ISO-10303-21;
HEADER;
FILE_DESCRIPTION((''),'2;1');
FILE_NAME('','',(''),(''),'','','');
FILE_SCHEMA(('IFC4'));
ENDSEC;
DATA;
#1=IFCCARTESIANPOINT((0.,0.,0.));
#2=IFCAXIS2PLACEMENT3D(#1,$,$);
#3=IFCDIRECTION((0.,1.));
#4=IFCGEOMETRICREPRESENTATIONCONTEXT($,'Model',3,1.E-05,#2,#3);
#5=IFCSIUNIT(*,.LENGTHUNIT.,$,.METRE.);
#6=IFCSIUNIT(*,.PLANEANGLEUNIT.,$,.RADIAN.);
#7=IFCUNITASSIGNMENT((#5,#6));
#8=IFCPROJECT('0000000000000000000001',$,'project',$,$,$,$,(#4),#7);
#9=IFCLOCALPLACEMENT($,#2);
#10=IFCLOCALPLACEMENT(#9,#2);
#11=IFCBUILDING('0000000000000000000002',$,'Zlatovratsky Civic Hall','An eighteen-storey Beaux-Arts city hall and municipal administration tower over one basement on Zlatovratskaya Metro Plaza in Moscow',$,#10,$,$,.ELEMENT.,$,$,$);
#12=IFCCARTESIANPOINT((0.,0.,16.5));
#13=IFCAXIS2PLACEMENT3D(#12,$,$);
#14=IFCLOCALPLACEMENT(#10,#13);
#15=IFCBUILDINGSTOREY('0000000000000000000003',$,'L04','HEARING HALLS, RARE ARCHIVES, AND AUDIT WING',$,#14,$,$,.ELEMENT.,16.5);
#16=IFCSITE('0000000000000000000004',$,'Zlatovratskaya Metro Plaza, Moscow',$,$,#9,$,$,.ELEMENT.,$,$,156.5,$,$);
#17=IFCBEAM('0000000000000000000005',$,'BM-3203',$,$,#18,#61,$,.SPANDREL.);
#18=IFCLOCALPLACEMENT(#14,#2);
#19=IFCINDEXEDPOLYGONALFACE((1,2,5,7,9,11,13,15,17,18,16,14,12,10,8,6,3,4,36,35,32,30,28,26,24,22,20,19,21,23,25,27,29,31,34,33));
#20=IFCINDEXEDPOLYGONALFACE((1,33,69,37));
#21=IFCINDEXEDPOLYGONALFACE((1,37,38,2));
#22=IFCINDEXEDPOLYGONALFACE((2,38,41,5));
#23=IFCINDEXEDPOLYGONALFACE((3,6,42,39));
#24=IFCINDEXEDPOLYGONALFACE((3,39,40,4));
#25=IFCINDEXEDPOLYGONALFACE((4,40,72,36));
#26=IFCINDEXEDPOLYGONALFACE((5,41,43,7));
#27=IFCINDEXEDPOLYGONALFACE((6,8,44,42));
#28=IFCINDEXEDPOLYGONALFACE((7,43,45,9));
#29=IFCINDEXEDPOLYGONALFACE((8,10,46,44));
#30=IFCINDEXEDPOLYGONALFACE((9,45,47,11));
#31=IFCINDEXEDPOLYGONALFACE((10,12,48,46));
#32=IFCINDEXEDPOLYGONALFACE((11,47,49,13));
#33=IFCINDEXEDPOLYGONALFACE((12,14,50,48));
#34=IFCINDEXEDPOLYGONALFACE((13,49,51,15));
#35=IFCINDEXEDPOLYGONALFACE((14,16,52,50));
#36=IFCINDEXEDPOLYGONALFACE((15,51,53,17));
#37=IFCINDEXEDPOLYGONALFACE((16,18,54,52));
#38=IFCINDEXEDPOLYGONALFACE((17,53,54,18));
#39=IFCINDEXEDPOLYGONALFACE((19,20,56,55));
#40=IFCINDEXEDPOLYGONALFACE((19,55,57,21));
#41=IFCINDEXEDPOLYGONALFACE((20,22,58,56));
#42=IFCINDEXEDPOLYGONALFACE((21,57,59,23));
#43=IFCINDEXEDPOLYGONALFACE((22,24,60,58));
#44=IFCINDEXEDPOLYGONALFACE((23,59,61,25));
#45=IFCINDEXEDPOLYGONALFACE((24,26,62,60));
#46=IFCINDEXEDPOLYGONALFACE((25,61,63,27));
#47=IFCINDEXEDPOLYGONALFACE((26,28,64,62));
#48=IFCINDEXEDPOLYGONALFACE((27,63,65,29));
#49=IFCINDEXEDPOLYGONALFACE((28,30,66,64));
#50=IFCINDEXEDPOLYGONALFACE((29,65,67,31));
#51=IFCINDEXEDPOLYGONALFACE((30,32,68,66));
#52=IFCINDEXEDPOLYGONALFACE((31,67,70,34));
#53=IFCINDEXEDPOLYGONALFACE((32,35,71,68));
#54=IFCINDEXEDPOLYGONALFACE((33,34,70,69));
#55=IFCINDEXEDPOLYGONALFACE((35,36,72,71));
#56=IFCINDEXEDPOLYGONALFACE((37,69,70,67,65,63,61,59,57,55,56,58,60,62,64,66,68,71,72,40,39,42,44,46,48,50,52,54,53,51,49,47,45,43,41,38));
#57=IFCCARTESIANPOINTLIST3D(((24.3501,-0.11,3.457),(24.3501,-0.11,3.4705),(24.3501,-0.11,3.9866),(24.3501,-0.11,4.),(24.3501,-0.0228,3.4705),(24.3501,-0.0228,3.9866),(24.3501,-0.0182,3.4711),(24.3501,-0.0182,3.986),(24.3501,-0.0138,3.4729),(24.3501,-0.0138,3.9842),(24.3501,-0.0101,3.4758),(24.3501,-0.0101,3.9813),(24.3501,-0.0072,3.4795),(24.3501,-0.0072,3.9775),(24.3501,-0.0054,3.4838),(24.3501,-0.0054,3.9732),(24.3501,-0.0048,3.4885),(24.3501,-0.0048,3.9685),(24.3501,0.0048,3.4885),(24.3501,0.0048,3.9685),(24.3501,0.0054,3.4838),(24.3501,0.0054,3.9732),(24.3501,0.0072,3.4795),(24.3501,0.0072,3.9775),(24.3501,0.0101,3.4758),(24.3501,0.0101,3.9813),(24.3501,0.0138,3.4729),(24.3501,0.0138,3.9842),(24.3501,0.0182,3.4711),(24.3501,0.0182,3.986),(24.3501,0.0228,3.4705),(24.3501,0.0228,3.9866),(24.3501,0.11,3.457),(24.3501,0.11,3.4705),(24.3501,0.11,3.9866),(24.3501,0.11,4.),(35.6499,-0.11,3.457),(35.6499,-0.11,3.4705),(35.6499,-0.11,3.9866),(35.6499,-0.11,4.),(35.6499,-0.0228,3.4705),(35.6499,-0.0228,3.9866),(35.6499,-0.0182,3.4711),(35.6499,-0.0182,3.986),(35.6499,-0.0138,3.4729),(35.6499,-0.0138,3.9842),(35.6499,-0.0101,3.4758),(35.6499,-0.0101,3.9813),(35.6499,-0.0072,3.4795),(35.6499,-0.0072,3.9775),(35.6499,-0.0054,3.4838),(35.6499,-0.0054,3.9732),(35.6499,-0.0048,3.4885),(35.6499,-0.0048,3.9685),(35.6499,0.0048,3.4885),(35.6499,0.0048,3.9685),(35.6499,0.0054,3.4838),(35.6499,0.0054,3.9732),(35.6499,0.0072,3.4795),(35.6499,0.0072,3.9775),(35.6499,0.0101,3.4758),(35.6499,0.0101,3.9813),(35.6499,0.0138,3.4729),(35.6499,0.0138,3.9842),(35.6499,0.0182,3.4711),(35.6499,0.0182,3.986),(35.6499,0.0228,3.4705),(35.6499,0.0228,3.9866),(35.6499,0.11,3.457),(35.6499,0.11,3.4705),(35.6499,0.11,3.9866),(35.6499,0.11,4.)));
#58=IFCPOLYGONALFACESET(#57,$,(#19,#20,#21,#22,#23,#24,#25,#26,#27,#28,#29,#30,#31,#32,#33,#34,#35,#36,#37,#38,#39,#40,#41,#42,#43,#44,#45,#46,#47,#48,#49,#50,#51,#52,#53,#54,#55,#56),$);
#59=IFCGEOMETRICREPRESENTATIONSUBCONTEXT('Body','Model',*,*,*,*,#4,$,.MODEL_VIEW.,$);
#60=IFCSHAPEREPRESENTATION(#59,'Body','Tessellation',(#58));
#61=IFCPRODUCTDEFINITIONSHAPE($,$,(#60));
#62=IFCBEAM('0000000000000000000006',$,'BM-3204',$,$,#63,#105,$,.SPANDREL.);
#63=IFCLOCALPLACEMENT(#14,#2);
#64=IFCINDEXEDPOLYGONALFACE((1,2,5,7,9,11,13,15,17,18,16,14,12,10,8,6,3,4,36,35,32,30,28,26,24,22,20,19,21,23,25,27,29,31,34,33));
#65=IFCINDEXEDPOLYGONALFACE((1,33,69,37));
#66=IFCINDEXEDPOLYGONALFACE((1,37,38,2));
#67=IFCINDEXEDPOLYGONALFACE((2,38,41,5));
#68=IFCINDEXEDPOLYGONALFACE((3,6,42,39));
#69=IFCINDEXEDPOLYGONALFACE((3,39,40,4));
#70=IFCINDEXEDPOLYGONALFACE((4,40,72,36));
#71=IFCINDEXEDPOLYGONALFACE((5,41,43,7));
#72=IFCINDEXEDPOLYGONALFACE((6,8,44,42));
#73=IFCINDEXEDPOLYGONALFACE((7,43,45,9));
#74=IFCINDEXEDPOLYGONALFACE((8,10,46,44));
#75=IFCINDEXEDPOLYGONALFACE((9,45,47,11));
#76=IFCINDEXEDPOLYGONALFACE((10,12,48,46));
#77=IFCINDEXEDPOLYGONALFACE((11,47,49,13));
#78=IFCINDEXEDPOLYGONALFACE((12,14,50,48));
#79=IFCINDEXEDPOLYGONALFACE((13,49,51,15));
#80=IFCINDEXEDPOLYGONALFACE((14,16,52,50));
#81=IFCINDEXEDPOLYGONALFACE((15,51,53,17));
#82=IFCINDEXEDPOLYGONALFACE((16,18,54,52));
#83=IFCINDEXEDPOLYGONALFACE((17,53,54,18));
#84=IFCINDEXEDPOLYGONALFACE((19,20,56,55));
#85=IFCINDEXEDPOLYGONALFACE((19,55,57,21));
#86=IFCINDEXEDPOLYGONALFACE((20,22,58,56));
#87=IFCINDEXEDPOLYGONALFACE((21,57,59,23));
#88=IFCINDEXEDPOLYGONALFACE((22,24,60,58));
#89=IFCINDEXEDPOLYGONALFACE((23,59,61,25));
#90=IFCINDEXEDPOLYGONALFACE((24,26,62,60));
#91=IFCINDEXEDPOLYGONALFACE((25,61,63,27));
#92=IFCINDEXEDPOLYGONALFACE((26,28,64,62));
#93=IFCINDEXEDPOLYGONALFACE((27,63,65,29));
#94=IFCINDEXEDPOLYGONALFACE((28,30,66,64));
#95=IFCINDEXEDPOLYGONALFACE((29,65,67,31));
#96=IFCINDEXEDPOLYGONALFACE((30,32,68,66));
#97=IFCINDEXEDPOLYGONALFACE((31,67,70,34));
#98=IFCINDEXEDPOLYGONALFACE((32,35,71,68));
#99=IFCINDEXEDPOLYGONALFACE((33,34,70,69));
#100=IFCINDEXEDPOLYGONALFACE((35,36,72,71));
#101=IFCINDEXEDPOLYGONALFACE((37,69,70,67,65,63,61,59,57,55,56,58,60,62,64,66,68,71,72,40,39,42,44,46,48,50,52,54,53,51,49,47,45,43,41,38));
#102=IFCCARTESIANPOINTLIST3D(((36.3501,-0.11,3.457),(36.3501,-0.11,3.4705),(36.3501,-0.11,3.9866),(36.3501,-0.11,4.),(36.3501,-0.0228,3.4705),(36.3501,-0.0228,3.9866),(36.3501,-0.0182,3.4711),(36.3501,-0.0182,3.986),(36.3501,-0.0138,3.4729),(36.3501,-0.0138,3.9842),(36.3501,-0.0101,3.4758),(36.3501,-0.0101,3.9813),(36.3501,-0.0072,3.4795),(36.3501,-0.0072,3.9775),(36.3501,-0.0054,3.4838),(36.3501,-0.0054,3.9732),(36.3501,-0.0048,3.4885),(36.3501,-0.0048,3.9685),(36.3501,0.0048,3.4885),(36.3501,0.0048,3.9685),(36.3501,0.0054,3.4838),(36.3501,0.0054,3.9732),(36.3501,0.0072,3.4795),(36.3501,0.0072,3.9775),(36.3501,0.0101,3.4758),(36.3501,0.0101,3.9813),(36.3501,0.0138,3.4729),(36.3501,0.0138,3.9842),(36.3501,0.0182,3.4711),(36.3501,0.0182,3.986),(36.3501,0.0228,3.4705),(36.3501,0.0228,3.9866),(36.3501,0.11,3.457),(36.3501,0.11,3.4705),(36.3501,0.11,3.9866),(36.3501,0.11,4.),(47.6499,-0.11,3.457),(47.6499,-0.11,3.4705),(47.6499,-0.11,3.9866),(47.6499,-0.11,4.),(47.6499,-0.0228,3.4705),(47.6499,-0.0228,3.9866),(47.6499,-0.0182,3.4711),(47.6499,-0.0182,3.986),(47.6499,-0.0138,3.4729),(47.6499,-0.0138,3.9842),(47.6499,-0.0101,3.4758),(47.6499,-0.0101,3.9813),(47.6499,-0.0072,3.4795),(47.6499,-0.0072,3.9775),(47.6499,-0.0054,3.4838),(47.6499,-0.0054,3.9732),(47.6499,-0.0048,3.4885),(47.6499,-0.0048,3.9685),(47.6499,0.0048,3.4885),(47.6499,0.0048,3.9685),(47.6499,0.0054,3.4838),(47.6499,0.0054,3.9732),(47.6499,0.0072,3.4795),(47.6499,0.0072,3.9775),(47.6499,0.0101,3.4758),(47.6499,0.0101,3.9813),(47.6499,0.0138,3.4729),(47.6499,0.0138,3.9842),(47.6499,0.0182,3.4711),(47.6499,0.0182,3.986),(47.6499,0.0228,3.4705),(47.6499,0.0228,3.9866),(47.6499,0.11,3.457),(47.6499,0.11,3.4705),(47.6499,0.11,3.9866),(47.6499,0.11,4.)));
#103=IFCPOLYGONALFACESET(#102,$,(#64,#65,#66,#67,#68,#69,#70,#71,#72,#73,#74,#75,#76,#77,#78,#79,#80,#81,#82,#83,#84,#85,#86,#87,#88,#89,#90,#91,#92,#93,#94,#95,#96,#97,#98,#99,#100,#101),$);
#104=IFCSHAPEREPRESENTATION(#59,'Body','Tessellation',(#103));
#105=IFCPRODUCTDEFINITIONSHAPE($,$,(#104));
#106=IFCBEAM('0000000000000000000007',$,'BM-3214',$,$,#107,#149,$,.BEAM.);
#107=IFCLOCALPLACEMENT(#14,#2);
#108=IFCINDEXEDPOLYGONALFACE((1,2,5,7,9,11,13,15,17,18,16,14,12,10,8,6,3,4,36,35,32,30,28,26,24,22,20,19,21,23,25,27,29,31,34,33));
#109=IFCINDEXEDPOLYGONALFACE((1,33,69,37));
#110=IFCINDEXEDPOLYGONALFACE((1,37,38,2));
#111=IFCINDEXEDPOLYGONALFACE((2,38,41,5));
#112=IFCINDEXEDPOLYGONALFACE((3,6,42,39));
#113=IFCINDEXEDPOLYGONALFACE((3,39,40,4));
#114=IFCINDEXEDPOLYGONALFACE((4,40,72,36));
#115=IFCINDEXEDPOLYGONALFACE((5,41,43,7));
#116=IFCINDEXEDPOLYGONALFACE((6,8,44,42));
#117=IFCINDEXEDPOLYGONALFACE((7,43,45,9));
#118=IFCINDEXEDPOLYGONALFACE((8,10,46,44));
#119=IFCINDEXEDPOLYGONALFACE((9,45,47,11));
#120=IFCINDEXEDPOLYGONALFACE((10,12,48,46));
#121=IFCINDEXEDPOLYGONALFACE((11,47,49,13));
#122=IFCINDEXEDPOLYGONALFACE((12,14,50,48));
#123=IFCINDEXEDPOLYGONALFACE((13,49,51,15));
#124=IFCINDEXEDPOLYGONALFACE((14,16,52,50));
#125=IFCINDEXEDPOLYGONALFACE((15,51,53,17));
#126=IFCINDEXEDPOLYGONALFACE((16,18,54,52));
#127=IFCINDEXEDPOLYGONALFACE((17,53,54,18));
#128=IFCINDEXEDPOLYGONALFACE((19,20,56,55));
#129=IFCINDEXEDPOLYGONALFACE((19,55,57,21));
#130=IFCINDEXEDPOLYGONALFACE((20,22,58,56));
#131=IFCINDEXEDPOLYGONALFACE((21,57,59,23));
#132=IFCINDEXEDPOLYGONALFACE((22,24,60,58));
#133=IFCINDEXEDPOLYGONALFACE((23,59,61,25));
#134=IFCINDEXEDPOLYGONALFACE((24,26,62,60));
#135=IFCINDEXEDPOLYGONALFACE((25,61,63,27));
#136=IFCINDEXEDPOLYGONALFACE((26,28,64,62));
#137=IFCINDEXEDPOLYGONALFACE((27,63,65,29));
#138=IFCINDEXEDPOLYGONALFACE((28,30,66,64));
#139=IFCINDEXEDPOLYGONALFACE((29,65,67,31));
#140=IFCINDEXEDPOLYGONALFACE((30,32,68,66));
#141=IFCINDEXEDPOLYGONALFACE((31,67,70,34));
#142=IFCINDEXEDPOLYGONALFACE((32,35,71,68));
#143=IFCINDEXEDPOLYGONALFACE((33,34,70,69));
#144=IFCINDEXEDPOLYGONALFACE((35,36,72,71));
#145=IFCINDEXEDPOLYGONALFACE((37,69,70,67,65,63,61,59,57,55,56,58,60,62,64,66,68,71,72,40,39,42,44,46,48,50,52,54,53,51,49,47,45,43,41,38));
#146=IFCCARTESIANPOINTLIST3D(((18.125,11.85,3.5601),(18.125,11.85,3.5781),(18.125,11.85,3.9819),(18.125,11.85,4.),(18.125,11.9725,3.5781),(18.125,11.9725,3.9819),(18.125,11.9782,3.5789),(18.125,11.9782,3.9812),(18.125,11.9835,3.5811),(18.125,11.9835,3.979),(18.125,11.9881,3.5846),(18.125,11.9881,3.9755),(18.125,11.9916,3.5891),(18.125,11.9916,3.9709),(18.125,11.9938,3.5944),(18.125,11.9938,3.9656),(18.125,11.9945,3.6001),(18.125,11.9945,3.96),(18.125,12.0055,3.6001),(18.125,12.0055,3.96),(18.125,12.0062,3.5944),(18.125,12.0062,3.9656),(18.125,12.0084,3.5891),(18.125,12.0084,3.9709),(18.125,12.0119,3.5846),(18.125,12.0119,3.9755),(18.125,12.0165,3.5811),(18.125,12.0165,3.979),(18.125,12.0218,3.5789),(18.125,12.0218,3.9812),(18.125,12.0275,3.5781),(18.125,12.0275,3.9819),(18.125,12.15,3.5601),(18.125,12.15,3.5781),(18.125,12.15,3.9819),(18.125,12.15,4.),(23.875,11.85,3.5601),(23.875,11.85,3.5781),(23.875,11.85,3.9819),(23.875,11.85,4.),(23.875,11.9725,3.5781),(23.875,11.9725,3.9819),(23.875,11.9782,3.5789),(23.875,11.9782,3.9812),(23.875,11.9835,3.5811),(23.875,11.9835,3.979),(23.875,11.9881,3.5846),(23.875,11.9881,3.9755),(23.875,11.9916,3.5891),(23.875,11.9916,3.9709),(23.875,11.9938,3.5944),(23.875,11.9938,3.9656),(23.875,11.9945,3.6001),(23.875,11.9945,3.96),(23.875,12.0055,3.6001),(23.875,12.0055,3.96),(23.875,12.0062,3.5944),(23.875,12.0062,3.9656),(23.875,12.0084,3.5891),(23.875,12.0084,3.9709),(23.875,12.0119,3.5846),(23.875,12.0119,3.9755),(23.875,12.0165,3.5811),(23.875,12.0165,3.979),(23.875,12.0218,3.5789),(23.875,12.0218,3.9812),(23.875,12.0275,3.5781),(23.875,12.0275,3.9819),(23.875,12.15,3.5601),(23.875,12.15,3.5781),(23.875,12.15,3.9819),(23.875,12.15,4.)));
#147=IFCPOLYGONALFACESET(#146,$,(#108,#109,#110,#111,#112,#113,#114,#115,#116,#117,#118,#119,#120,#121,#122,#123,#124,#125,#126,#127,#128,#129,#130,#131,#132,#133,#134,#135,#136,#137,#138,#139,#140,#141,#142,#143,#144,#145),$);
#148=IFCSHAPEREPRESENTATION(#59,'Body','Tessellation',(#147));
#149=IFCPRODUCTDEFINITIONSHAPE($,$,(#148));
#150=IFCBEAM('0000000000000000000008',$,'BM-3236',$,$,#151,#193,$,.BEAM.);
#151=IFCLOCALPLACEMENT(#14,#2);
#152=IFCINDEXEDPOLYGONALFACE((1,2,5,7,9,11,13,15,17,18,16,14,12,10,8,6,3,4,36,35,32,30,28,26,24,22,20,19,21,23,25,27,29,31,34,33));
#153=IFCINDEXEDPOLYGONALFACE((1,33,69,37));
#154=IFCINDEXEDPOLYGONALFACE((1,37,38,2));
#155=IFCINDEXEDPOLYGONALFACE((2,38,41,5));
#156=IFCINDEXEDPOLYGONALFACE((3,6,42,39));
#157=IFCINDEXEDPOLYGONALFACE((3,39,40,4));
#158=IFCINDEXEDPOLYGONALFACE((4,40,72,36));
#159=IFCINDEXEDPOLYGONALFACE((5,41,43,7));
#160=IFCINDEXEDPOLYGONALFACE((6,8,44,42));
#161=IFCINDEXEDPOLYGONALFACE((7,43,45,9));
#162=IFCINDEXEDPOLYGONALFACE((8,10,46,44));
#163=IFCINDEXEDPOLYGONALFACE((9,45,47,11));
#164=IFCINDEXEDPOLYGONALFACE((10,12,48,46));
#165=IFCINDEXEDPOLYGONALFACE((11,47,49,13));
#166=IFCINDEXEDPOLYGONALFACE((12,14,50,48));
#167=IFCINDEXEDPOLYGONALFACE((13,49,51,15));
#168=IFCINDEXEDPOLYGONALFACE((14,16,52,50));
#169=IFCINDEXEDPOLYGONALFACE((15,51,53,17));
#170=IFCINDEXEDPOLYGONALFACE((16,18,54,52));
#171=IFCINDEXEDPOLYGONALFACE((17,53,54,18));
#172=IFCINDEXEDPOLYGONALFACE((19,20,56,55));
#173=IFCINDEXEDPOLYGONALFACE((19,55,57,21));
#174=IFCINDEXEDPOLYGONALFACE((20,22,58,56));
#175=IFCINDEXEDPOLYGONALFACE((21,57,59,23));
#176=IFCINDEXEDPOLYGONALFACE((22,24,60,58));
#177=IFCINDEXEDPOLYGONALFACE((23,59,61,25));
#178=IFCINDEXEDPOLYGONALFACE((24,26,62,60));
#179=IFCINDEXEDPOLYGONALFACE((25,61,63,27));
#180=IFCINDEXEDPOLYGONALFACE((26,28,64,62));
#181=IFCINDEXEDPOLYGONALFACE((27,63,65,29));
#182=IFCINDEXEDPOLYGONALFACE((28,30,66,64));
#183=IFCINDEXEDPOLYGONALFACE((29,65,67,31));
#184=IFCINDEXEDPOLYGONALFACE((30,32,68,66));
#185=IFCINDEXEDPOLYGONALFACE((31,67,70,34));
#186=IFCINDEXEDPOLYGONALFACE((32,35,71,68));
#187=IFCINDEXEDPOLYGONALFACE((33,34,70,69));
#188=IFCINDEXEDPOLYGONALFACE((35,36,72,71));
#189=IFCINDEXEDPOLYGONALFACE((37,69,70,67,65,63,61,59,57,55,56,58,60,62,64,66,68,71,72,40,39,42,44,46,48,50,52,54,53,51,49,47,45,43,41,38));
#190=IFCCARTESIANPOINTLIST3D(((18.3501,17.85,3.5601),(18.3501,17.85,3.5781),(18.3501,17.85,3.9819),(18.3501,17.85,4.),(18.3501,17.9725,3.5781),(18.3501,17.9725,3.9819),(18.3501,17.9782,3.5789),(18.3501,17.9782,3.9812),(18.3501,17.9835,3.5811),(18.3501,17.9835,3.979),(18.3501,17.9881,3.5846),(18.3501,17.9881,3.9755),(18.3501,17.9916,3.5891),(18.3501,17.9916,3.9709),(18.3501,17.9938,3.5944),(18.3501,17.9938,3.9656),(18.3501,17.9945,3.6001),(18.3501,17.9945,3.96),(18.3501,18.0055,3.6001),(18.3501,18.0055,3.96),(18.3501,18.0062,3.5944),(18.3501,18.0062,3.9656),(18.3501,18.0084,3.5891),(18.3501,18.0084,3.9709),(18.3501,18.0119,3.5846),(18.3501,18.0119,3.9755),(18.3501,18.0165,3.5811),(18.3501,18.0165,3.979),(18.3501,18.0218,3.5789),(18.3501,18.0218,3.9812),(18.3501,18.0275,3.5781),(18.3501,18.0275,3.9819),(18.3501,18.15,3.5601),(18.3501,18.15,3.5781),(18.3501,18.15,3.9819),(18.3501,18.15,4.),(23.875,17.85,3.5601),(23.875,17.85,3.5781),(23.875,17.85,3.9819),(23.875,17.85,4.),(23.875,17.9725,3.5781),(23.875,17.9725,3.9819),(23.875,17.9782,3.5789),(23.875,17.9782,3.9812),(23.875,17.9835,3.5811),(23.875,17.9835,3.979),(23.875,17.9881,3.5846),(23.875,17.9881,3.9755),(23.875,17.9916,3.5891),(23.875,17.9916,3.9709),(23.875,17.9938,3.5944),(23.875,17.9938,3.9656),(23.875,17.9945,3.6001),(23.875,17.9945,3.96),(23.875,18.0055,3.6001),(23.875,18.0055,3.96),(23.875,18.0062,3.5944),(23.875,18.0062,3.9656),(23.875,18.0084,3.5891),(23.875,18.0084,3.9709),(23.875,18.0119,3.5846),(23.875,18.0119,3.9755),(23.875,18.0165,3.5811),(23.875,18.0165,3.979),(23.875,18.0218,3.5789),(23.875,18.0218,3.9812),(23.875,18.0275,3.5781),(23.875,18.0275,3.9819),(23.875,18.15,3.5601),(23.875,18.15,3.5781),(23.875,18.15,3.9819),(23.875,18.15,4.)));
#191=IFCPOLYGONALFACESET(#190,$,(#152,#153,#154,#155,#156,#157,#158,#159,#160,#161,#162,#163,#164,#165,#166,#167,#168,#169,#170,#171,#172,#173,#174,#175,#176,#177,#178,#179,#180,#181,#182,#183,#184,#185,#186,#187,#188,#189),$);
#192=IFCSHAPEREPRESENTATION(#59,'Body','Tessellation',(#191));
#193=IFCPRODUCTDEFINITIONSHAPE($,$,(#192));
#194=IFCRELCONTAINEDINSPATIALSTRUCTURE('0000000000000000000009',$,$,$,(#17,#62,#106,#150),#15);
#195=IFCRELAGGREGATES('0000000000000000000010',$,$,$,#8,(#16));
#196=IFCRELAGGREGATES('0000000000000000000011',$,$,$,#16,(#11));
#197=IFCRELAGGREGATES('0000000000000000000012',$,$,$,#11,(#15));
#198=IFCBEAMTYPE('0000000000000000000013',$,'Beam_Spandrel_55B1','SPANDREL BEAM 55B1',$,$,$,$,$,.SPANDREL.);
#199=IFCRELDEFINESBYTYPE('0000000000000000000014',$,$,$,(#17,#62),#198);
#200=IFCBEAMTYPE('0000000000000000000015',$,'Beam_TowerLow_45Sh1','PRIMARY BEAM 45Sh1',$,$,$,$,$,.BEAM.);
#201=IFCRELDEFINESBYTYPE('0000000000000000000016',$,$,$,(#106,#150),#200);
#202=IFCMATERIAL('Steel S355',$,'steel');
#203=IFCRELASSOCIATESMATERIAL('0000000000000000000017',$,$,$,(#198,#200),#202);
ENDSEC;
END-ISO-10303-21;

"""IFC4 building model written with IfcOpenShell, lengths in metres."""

from ifc_helpers import new_model, si_unit, direction, frame, origin, origin_2d, place, context, subcontext, project, spatial, i_section, extrude, material, material_profile, profile_set, type_object, element, save


model = new_model("IFC4")

# Units and contexts
model_context = context("Model", 3, precision=1e-05, world=origin(), true_north=direction((0.0, 1.0)))
body_context = subcontext(model_context, "Body", "Model", "MODEL_VIEW")
ifc_project = project(units=[si_unit("LENGTHUNIT", "METRE"), si_unit("PLANEANGLEUNIT", "RADIAN")], contexts=[model_context])

# Site, building, storey
site_placement = place(None, origin())
site = spatial("IfcSite", under=ifc_project, at=site_placement, Name="Zlatovratskaya Metro Plaza, Moscow", CompositionType="ELEMENT", RefElevation=156.5)
building_placement = place(site_placement, origin())
building = spatial("IfcBuilding", under=site, at=building_placement, Name="Zlatovratsky Civic Hall", Description="An eighteen-storey Beaux-Arts city hall and municipal administration tower over one basement on Zlatovratskaya Metro Plaza in Moscow", CompositionType="ELEMENT")
storey_placement = place(building_placement, frame((0.0, 0.0, 16.5)))
storey = spatial("IfcBuildingStorey", under=building, at=storey_placement, Name="L04", Description="HEARING HALLS, RARE ARCHIVES, AND AUDIT WING", CompositionType="ELEMENT", Elevation=16.5)

# Shared definitions
ifc_material_1 = material(Name="Steel S355", Category="steel")

# Beams
ifc_material_profile_1 = material_profile(ifc_material_1, i_section(OverallWidth=0.22, OverallDepth=0.543, WebThickness=0.0095, FlangeThickness=0.0134, FilletRadius=0.0181, at=origin_2d()), Name="55B1")
ifc_profile_set_1 = profile_set([ifc_material_profile_1], Name="Steel S355")
beam_type_1 = type_object("IfcBeamType", Name="Beam_Spandrel_55B1", Description="SPANDREL BEAM 55B1", PredefinedType="SPANDREL", material=ifc_profile_set_1)
for number, where, z_axis, x_axis, name in (
    (1, (24.3501, 0.0, 3.7285), (1.0, 0.0, 0.0), (0.0, 1.0, 0.0), "BM-3203"),
    (2, (36.3501, 0.0, 3.7285), (1.0, 0.0, 0.0), (0.0, 1.0, 0.0), "BM-3204"),
):
    element("IfcBeam", number, at=place(storey_placement, frame(where, z_axis=z_axis, x_axis=x_axis)), inside=storey, type_object=beam_type_1, Name=name, PredefinedType="SPANDREL", context=body_context, shape_type="SweptSolid", body=[
        extrude(i_section(OverallWidth=0.22, OverallDepth=0.543, WebThickness=0.0095, FlangeThickness=0.0134, FilletRadius=0.0181, at=origin_2d()), origin(), (0.0, 0.0, 1.0), 11.2998),
    ])
ifc_material_profile_2 = material_profile(ifc_material_1, i_section(OverallWidth=0.3, OverallDepth=0.4399, WebThickness=0.011, FlangeThickness=0.0181, FilletRadius=0.022, at=origin_2d()), Name="45Sh1")
ifc_profile_set_2 = profile_set([ifc_material_profile_2], Name="Steel S355")
beam_type_2 = type_object("IfcBeamType", Name="Beam_TowerLow_45Sh1", Description="PRIMARY BEAM 45Sh1", PredefinedType="BEAM", material=ifc_profile_set_2)
beam_1_placement = place(storey_placement, frame((18.125, 12.0, 3.78), z_axis=(1.0, 0.0, 0.0), x_axis=(0.0, 1.0, 0.0)))
element("IfcBeam", 3, at=beam_1_placement, inside=storey, type_object=beam_type_2, Name="BM-3214", PredefinedType="BEAM", context=body_context, shape_type="SweptSolid", body=[
    extrude(i_section(OverallWidth=0.3, OverallDepth=0.4399, WebThickness=0.011, FlangeThickness=0.0181, FilletRadius=0.022, at=origin_2d()), origin(), (0.0, 0.0, 1.0), 5.75),
])
for number, where, z_axis, x_axis, name in (
    (4, (18.3501, 18.0, 3.78), (1.0, 0.0, 0.0), (0.0, 1.0, 0.0), "BM-3236"),
):
    element("IfcBeam", number, at=place(storey_placement, frame(where, z_axis=z_axis, x_axis=x_axis)), inside=storey, type_object=beam_type_2, Name=name, PredefinedType="BEAM", context=body_context, shape_type="SweptSolid", body=[
        extrude(i_section(OverallWidth=0.3, OverallDepth=0.4399, WebThickness=0.011, FlangeThickness=0.0181, FilletRadius=0.022, at=origin_2d()), origin(), (0.0, 0.0, 1.0), 5.5249),
    ])

save(model, "model.ifc")
